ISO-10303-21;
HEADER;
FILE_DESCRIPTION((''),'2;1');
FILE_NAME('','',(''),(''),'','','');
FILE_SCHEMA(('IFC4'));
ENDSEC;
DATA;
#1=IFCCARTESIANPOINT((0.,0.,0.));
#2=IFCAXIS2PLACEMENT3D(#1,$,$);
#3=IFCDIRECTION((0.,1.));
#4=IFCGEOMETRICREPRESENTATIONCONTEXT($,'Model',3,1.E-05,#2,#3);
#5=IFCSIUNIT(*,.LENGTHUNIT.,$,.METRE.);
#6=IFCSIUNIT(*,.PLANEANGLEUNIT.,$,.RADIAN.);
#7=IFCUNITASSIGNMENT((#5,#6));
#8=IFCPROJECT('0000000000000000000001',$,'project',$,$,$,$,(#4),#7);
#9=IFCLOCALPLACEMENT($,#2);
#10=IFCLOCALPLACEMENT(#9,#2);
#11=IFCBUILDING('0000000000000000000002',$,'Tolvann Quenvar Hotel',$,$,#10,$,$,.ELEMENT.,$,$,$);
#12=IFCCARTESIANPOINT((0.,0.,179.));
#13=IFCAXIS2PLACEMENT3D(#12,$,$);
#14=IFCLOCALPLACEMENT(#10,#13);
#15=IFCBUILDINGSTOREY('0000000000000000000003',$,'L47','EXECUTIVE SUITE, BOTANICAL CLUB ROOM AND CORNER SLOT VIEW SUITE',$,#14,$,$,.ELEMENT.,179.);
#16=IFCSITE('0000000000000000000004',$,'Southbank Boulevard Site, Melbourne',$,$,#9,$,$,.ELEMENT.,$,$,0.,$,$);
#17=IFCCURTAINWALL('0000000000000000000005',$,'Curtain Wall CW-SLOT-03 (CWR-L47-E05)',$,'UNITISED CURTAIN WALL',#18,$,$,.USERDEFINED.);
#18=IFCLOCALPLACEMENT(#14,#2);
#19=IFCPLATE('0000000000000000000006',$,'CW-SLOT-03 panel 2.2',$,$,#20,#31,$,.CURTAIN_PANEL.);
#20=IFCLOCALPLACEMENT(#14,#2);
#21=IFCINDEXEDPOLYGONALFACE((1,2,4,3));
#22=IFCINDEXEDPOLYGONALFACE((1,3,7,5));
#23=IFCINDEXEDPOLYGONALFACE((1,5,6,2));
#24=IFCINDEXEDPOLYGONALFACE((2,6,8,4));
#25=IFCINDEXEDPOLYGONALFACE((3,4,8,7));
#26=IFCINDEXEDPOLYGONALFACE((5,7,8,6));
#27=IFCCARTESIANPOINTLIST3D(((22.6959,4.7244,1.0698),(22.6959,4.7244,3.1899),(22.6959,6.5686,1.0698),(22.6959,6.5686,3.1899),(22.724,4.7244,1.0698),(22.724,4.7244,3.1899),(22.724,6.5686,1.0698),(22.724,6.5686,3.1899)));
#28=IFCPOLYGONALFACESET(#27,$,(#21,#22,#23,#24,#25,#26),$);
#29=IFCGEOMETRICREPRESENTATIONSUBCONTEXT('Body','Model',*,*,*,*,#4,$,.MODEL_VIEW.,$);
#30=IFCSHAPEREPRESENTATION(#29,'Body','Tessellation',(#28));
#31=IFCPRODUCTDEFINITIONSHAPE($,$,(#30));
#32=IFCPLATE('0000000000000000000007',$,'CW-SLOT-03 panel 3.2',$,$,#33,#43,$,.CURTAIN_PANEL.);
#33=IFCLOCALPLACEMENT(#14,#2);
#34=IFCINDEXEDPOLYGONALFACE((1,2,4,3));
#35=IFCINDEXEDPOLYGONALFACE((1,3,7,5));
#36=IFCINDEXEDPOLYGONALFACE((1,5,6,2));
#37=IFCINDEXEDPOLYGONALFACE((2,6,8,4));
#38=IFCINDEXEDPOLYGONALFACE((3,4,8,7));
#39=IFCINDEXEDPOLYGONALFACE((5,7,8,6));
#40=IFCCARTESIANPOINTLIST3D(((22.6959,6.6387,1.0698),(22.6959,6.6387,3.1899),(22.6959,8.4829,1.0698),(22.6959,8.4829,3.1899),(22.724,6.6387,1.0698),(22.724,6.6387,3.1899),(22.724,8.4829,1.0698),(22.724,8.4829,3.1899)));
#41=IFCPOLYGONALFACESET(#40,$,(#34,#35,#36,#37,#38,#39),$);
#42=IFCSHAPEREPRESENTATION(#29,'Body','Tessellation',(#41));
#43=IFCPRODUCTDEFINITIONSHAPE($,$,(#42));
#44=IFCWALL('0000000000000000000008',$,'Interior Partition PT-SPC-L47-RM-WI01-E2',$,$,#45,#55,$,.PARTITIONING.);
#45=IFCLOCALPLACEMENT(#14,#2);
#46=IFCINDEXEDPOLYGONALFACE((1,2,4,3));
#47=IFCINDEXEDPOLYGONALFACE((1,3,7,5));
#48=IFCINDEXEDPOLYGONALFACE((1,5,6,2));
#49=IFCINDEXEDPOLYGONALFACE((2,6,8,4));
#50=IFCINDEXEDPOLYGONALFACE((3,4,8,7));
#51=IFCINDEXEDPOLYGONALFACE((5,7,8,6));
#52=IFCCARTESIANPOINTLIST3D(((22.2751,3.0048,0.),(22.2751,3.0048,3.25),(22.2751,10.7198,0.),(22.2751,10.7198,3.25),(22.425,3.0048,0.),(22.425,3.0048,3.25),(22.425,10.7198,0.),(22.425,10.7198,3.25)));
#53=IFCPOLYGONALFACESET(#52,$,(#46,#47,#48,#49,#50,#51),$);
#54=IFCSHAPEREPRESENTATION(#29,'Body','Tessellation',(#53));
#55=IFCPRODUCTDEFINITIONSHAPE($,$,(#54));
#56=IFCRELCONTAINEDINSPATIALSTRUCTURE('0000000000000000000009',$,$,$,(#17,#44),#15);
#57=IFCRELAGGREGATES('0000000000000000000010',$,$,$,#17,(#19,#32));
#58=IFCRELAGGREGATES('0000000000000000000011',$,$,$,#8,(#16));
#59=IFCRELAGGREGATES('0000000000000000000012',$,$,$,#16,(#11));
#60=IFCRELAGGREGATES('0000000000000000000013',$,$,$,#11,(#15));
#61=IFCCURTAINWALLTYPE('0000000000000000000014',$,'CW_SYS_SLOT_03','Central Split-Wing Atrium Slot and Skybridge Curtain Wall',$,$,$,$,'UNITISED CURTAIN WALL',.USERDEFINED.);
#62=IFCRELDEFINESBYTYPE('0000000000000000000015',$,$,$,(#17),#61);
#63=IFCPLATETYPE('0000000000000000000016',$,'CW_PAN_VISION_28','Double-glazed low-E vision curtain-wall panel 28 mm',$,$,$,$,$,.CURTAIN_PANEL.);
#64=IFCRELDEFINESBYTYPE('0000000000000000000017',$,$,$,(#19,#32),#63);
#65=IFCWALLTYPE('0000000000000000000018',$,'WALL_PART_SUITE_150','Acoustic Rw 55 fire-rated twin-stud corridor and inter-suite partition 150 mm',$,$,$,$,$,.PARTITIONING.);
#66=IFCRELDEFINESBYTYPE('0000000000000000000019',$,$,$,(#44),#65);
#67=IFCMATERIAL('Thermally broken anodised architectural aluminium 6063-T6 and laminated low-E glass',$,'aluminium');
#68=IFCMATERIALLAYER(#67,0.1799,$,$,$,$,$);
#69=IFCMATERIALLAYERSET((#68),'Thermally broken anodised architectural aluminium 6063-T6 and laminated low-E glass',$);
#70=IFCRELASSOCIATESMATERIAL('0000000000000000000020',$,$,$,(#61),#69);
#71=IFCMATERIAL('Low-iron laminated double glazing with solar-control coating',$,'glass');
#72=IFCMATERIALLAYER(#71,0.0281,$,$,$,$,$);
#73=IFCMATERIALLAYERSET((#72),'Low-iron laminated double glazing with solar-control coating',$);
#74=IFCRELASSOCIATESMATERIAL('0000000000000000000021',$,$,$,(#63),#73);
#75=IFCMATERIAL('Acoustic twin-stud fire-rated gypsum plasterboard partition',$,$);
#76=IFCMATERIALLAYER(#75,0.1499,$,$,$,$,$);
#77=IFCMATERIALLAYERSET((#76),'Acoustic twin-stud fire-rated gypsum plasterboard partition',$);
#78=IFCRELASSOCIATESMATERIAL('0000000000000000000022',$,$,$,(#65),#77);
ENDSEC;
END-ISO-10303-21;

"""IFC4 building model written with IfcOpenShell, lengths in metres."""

from ifc_helpers import new_model, si_unit, direction, frame, frame_2d, origin, origin_2d, place, context, subcontext, project, spatial, rectangle, extrude, source, transform, mapped, material, layer, layer_set, type_object, element, aggregate, save


model = new_model("IFC4")

# Units and contexts
model_context = context("Model", 3, precision=1e-05, world=origin(), true_north=direction((0.0, 1.0)))
body_context = subcontext(model_context, "Body", "Model", "MODEL_VIEW")
ifc_project = project(units=[si_unit("LENGTHUNIT", "METRE"), si_unit("PLANEANGLEUNIT", "RADIAN")], contexts=[model_context])

# Site, building, storey
site_placement = place(None, origin())
site = spatial("IfcSite", under=ifc_project, at=site_placement, Name="Southbank Boulevard Site, Melbourne", CompositionType="ELEMENT", RefElevation=0.0)
building_placement = place(site_placement, origin())
building = spatial("IfcBuilding", under=site, at=building_placement, Name="Tolvann Quenvar Hotel", CompositionType="ELEMENT")
storey_placement = place(building_placement, frame((0.0, 0.0, 179.0)))
storey = spatial("IfcBuildingStorey", under=building, at=storey_placement, Name="L47", Description="EXECUTIVE SUITE, BOTANICAL CLUB ROOM AND CORNER SLOT VIEW SUITE", CompositionType="ELEMENT", Elevation=179.0)

# Curtain wall, plates
ifc_material_1 = material(Name="Thermally broken anodised architectural aluminium 6063-T6 and laminated low-E glass", Category="aluminium")
ifc_layer_1 = layer(ifc_material_1, 0.1799)
ifc_layer_set_1 = layer_set([ifc_layer_1], Name="Thermally broken anodised architectural aluminium 6063-T6 and laminated low-E glass")
curtain_wall_type = type_object("IfcCurtainWallType", Name="CW_SYS_SLOT_03", Description="Central Split-Wing Atrium Slot and Skybridge Curtain Wall", ElementType="UNITISED CURTAIN WALL", PredefinedType="USERDEFINED", material=ifc_layer_set_1)
curtain_wall_placement = place(storey_placement, origin())
curtain_wall = element("IfcCurtainWall", 1, at=curtain_wall_placement, inside=storey, type_object=curtain_wall_type, Name="Curtain Wall CW-SLOT-03 (CWR-L47-E05)", ObjectType="UNITISED CURTAIN WALL", PredefinedType="USERDEFINED")
ifc_material_2 = material(Name="Low-iron laminated double glazing with solar-control coating", Category="glass")
ifc_layer_2 = layer(ifc_material_2, 0.0281)
ifc_layer_set_2 = layer_set([ifc_layer_2], Name="Low-iron laminated double glazing with solar-control coating")
plate_type = type_object("IfcPlateType", Name="CW_PAN_VISION_28", Description="Double-glazed low-E vision curtain-wall panel 28 mm", PredefinedType="CURTAIN_PANEL", material=ifc_layer_set_2)
shared_shape_1 = source(origin(), body_context, "Body", "SweptSolid", [
    extrude(rectangle(XDim=1.8442, YDim=0.0281, at=origin_2d()), origin(), (0.0, 0.0, 1.0), 2.1201),
])
plate_1_placement = place(storey_placement, frame((22.71, 5.6465, 1.0698), z_axis=(0.0, 0.0, 1.0), x_axis=(0.0, 1.0, 0.0)))
plate_1 = element("IfcPlate", 2, at=plate_1_placement, type_object=plate_type, Name="CW-SLOT-03 panel 2.2", PredefinedType="CURTAIN_PANEL", context=body_context, shape_type="MappedRepresentation", body=[
    mapped(shared_shape_1, transform((0.0, 0.0, 0.0), x_axis=(1.0, 0.0, 0.0), y_axis=(0.0, 1.0, 0.0), z_axis=(0.0, 0.0, 1.0), scale=1.0)),
])
plate_2_placement = place(storey_placement, frame((22.71, 7.5608, 1.0698), z_axis=(0.0, 0.0, 1.0), x_axis=(0.0, 1.0, 0.0)))
plate_2 = element("IfcPlate", 3, at=plate_2_placement, type_object=plate_type, Name="CW-SLOT-03 panel 3.2", PredefinedType="CURTAIN_PANEL", context=body_context, shape_type="MappedRepresentation", body=[
    mapped(shared_shape_1, transform((0.0, 0.0, 0.0), x_axis=(1.0, 0.0, 0.0), y_axis=(0.0, 1.0, 0.0), z_axis=(0.0, 0.0, 1.0), scale=1.0)),
])
aggregate(curtain_wall, [plate_1, plate_2])

# Wall
ifc_material_3 = material(Name="Acoustic twin-stud fire-rated gypsum plasterboard partition")
ifc_layer_3 = layer(ifc_material_3, 0.1499)
ifc_layer_set_3 = layer_set([ifc_layer_3], Name="Acoustic twin-stud fire-rated gypsum plasterboard partition")
wall_type = type_object("IfcWallType", Name="WALL_PART_SUITE_150", Description="Acoustic Rw 55 fire-rated twin-stud corridor and inter-suite partition 150 mm", PredefinedType="PARTITIONING", material=ifc_layer_set_3)
wall_placement = place(storey_placement, frame((22.3501, 3.0049, 0.0), z_axis=(0.0, 0.0, 1.0), x_axis=(0.0, 1.0, 0.0)))
element("IfcWall", 4, at=wall_placement, inside=storey, type_object=wall_type, Name="Interior Partition PT-SPC-L47-RM-WI01-E2", PredefinedType="PARTITIONING", context=body_context, shape_type="SweptSolid", body=[
    extrude(rectangle(XDim=7.7151, YDim=0.1499, at=frame_2d((3.8574, 0.0))), origin(), (0.0, 0.0, 1.0), 3.25),
])

save(model, "model.ifc")
